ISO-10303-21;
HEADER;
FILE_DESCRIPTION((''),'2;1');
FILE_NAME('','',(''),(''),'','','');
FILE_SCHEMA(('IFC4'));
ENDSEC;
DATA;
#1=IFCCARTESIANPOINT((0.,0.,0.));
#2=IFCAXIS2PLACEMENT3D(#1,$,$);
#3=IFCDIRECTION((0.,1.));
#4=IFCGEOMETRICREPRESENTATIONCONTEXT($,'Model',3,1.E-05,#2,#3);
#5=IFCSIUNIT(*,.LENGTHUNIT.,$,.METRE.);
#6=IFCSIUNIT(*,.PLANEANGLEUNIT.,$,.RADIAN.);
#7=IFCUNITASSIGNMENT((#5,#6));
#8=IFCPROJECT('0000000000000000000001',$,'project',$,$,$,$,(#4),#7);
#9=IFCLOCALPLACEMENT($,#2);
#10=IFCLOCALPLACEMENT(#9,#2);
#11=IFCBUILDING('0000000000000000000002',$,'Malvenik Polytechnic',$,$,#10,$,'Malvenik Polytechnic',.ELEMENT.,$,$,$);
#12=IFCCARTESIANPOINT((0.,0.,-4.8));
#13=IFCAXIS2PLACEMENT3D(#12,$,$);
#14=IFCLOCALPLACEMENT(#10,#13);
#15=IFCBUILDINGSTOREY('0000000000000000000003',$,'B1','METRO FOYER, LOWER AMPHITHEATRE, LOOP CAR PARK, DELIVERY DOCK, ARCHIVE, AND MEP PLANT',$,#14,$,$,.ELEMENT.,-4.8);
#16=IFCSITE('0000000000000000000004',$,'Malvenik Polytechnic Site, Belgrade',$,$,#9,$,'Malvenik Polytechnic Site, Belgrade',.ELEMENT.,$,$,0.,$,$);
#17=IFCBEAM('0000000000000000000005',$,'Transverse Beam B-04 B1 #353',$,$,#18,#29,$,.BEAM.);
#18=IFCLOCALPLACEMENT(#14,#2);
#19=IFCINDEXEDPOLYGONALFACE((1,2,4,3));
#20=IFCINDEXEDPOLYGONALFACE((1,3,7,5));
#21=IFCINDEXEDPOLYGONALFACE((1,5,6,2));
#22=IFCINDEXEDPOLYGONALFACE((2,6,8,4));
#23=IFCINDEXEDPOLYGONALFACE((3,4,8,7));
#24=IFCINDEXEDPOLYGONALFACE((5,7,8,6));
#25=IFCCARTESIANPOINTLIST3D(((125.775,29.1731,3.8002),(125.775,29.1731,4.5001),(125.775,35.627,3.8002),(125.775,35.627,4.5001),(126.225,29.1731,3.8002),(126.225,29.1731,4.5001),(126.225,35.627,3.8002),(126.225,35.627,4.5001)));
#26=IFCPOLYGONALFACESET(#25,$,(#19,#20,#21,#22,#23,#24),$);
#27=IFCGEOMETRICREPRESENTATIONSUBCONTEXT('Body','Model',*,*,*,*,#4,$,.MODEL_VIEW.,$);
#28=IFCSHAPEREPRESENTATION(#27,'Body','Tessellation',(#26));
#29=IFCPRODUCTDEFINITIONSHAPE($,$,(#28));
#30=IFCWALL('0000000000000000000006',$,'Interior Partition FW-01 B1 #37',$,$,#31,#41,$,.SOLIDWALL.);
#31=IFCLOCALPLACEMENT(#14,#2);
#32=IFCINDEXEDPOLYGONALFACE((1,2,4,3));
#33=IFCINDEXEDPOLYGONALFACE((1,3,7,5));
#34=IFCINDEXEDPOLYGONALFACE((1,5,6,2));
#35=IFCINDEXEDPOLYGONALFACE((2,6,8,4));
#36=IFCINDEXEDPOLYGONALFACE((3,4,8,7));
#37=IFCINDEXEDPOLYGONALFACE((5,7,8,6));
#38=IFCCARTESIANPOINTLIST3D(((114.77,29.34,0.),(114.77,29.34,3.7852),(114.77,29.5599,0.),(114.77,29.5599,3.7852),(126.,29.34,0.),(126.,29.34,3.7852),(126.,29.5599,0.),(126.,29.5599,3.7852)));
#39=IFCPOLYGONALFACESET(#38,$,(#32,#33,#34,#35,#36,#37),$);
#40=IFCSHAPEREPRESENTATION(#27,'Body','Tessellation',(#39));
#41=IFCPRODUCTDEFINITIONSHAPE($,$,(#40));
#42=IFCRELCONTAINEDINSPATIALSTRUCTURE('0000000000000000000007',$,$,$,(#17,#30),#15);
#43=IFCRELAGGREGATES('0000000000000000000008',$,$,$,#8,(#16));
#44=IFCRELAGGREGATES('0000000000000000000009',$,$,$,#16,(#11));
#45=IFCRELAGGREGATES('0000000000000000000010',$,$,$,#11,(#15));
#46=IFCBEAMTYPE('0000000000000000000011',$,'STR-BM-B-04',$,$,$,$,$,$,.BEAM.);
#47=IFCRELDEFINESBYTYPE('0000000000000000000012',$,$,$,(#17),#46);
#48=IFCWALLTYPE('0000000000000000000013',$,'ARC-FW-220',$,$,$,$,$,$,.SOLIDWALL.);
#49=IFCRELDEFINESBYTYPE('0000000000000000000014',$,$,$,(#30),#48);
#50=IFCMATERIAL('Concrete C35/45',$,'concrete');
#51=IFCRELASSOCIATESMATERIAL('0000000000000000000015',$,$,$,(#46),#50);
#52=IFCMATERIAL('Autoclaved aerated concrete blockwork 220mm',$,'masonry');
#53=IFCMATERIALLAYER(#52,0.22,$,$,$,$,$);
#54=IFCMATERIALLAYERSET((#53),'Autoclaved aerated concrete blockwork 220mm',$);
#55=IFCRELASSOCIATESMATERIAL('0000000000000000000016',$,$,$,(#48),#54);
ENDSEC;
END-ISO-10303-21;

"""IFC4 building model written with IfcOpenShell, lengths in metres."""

from ifc_helpers import new_model, si_unit, direction, frame, frame_2d, origin, origin_2d, place, context, subcontext, project, spatial, rectangle, extrude, material, layer, layer_set, material_profile, profile_set, type_object, element, save


model = new_model("IFC4")

# Units and contexts
model_context = context("Model", 3, precision=1e-05, world=origin(), true_north=direction((0.0, 1.0)))
body_context = subcontext(model_context, "Body", "Model", "MODEL_VIEW")
ifc_project = project(units=[si_unit("LENGTHUNIT", "METRE"), si_unit("PLANEANGLEUNIT", "RADIAN")], contexts=[model_context])

# Site, building, storey
site_placement = place(None, origin())
site = spatial("IfcSite", under=ifc_project, at=site_placement, Name="Malvenik Polytechnic Site, Belgrade", LongName="Malvenik Polytechnic Site, Belgrade", CompositionType="ELEMENT", RefElevation=0.0)
building_placement = place(site_placement, origin())
building = spatial("IfcBuilding", under=site, at=building_placement, Name="Malvenik Polytechnic", LongName="Malvenik Polytechnic", CompositionType="ELEMENT")
storey_placement = place(building_placement, frame((0.0, 0.0, -4.8)))
storey = spatial("IfcBuildingStorey", under=building, at=storey_placement, Name="B1", Description="METRO FOYER, LOWER AMPHITHEATRE, LOOP CAR PARK, DELIVERY DOCK, ARCHIVE, AND MEP PLANT", CompositionType="ELEMENT", Elevation=-4.8)

# Shared definitions
ifc_material_1 = material(Name="Concrete C35/45", Category="concrete")

# Beam
ifc_material_profile_1 = material_profile(ifc_material_1, rectangle(XDim=0.45, YDim=0.7, at=origin_2d()), Name="RC BM 450x700")
ifc_profile_set_1 = profile_set([ifc_material_profile_1], Name="Concrete C35/45")
beam_type = type_object("IfcBeamType", Name="STR-BM-B-04", PredefinedType="BEAM", material=ifc_profile_set_1)
beam_placement = place(storey_placement, frame((126.0, 29.1731, 4.1501), z_axis=(0.0, 1.0, 0.0), x_axis=(-1.0, 0.0, 0.0)))
element("IfcBeam", 1, at=beam_placement, inside=storey, type_object=beam_type, Name="Transverse Beam B-04 B1 #353", PredefinedType="BEAM", context=body_context, shape_type="SweptSolid", body=[
    extrude(rectangle(XDim=0.45, YDim=0.7, at=origin_2d()), origin(), (0.0, 0.0, 1.0), 6.4539),
])

# Wall
ifc_material_2 = material(Name="Autoclaved aerated concrete blockwork 220mm", Category="masonry")
ifc_layer = layer(ifc_material_2, 0.22)
ifc_layer_set = layer_set([ifc_layer], Name="Autoclaved aerated concrete blockwork 220mm")
wall_type = type_object("IfcWallType", Name="ARC-FW-220", PredefinedType="SOLIDWALL", material=ifc_layer_set)
wall_placement = place(storey_placement, frame((126.0, 29.45, 0.0), z_axis=(0.0, 0.0, 1.0), x_axis=(-1.0, 0.0, 0.0)))
element("IfcWall", 2, at=wall_placement, inside=storey, type_object=wall_type, Name="Interior Partition FW-01 B1 #37", PredefinedType="SOLIDWALL", context=body_context, shape_type="SweptSolid", body=[
    extrude(rectangle(XDim=11.23, YDim=0.22, at=frame_2d((5.615, 0.0))), origin(), (0.0, 0.0, 1.0), 3.7852),
])

save(model, "model.ifc")
